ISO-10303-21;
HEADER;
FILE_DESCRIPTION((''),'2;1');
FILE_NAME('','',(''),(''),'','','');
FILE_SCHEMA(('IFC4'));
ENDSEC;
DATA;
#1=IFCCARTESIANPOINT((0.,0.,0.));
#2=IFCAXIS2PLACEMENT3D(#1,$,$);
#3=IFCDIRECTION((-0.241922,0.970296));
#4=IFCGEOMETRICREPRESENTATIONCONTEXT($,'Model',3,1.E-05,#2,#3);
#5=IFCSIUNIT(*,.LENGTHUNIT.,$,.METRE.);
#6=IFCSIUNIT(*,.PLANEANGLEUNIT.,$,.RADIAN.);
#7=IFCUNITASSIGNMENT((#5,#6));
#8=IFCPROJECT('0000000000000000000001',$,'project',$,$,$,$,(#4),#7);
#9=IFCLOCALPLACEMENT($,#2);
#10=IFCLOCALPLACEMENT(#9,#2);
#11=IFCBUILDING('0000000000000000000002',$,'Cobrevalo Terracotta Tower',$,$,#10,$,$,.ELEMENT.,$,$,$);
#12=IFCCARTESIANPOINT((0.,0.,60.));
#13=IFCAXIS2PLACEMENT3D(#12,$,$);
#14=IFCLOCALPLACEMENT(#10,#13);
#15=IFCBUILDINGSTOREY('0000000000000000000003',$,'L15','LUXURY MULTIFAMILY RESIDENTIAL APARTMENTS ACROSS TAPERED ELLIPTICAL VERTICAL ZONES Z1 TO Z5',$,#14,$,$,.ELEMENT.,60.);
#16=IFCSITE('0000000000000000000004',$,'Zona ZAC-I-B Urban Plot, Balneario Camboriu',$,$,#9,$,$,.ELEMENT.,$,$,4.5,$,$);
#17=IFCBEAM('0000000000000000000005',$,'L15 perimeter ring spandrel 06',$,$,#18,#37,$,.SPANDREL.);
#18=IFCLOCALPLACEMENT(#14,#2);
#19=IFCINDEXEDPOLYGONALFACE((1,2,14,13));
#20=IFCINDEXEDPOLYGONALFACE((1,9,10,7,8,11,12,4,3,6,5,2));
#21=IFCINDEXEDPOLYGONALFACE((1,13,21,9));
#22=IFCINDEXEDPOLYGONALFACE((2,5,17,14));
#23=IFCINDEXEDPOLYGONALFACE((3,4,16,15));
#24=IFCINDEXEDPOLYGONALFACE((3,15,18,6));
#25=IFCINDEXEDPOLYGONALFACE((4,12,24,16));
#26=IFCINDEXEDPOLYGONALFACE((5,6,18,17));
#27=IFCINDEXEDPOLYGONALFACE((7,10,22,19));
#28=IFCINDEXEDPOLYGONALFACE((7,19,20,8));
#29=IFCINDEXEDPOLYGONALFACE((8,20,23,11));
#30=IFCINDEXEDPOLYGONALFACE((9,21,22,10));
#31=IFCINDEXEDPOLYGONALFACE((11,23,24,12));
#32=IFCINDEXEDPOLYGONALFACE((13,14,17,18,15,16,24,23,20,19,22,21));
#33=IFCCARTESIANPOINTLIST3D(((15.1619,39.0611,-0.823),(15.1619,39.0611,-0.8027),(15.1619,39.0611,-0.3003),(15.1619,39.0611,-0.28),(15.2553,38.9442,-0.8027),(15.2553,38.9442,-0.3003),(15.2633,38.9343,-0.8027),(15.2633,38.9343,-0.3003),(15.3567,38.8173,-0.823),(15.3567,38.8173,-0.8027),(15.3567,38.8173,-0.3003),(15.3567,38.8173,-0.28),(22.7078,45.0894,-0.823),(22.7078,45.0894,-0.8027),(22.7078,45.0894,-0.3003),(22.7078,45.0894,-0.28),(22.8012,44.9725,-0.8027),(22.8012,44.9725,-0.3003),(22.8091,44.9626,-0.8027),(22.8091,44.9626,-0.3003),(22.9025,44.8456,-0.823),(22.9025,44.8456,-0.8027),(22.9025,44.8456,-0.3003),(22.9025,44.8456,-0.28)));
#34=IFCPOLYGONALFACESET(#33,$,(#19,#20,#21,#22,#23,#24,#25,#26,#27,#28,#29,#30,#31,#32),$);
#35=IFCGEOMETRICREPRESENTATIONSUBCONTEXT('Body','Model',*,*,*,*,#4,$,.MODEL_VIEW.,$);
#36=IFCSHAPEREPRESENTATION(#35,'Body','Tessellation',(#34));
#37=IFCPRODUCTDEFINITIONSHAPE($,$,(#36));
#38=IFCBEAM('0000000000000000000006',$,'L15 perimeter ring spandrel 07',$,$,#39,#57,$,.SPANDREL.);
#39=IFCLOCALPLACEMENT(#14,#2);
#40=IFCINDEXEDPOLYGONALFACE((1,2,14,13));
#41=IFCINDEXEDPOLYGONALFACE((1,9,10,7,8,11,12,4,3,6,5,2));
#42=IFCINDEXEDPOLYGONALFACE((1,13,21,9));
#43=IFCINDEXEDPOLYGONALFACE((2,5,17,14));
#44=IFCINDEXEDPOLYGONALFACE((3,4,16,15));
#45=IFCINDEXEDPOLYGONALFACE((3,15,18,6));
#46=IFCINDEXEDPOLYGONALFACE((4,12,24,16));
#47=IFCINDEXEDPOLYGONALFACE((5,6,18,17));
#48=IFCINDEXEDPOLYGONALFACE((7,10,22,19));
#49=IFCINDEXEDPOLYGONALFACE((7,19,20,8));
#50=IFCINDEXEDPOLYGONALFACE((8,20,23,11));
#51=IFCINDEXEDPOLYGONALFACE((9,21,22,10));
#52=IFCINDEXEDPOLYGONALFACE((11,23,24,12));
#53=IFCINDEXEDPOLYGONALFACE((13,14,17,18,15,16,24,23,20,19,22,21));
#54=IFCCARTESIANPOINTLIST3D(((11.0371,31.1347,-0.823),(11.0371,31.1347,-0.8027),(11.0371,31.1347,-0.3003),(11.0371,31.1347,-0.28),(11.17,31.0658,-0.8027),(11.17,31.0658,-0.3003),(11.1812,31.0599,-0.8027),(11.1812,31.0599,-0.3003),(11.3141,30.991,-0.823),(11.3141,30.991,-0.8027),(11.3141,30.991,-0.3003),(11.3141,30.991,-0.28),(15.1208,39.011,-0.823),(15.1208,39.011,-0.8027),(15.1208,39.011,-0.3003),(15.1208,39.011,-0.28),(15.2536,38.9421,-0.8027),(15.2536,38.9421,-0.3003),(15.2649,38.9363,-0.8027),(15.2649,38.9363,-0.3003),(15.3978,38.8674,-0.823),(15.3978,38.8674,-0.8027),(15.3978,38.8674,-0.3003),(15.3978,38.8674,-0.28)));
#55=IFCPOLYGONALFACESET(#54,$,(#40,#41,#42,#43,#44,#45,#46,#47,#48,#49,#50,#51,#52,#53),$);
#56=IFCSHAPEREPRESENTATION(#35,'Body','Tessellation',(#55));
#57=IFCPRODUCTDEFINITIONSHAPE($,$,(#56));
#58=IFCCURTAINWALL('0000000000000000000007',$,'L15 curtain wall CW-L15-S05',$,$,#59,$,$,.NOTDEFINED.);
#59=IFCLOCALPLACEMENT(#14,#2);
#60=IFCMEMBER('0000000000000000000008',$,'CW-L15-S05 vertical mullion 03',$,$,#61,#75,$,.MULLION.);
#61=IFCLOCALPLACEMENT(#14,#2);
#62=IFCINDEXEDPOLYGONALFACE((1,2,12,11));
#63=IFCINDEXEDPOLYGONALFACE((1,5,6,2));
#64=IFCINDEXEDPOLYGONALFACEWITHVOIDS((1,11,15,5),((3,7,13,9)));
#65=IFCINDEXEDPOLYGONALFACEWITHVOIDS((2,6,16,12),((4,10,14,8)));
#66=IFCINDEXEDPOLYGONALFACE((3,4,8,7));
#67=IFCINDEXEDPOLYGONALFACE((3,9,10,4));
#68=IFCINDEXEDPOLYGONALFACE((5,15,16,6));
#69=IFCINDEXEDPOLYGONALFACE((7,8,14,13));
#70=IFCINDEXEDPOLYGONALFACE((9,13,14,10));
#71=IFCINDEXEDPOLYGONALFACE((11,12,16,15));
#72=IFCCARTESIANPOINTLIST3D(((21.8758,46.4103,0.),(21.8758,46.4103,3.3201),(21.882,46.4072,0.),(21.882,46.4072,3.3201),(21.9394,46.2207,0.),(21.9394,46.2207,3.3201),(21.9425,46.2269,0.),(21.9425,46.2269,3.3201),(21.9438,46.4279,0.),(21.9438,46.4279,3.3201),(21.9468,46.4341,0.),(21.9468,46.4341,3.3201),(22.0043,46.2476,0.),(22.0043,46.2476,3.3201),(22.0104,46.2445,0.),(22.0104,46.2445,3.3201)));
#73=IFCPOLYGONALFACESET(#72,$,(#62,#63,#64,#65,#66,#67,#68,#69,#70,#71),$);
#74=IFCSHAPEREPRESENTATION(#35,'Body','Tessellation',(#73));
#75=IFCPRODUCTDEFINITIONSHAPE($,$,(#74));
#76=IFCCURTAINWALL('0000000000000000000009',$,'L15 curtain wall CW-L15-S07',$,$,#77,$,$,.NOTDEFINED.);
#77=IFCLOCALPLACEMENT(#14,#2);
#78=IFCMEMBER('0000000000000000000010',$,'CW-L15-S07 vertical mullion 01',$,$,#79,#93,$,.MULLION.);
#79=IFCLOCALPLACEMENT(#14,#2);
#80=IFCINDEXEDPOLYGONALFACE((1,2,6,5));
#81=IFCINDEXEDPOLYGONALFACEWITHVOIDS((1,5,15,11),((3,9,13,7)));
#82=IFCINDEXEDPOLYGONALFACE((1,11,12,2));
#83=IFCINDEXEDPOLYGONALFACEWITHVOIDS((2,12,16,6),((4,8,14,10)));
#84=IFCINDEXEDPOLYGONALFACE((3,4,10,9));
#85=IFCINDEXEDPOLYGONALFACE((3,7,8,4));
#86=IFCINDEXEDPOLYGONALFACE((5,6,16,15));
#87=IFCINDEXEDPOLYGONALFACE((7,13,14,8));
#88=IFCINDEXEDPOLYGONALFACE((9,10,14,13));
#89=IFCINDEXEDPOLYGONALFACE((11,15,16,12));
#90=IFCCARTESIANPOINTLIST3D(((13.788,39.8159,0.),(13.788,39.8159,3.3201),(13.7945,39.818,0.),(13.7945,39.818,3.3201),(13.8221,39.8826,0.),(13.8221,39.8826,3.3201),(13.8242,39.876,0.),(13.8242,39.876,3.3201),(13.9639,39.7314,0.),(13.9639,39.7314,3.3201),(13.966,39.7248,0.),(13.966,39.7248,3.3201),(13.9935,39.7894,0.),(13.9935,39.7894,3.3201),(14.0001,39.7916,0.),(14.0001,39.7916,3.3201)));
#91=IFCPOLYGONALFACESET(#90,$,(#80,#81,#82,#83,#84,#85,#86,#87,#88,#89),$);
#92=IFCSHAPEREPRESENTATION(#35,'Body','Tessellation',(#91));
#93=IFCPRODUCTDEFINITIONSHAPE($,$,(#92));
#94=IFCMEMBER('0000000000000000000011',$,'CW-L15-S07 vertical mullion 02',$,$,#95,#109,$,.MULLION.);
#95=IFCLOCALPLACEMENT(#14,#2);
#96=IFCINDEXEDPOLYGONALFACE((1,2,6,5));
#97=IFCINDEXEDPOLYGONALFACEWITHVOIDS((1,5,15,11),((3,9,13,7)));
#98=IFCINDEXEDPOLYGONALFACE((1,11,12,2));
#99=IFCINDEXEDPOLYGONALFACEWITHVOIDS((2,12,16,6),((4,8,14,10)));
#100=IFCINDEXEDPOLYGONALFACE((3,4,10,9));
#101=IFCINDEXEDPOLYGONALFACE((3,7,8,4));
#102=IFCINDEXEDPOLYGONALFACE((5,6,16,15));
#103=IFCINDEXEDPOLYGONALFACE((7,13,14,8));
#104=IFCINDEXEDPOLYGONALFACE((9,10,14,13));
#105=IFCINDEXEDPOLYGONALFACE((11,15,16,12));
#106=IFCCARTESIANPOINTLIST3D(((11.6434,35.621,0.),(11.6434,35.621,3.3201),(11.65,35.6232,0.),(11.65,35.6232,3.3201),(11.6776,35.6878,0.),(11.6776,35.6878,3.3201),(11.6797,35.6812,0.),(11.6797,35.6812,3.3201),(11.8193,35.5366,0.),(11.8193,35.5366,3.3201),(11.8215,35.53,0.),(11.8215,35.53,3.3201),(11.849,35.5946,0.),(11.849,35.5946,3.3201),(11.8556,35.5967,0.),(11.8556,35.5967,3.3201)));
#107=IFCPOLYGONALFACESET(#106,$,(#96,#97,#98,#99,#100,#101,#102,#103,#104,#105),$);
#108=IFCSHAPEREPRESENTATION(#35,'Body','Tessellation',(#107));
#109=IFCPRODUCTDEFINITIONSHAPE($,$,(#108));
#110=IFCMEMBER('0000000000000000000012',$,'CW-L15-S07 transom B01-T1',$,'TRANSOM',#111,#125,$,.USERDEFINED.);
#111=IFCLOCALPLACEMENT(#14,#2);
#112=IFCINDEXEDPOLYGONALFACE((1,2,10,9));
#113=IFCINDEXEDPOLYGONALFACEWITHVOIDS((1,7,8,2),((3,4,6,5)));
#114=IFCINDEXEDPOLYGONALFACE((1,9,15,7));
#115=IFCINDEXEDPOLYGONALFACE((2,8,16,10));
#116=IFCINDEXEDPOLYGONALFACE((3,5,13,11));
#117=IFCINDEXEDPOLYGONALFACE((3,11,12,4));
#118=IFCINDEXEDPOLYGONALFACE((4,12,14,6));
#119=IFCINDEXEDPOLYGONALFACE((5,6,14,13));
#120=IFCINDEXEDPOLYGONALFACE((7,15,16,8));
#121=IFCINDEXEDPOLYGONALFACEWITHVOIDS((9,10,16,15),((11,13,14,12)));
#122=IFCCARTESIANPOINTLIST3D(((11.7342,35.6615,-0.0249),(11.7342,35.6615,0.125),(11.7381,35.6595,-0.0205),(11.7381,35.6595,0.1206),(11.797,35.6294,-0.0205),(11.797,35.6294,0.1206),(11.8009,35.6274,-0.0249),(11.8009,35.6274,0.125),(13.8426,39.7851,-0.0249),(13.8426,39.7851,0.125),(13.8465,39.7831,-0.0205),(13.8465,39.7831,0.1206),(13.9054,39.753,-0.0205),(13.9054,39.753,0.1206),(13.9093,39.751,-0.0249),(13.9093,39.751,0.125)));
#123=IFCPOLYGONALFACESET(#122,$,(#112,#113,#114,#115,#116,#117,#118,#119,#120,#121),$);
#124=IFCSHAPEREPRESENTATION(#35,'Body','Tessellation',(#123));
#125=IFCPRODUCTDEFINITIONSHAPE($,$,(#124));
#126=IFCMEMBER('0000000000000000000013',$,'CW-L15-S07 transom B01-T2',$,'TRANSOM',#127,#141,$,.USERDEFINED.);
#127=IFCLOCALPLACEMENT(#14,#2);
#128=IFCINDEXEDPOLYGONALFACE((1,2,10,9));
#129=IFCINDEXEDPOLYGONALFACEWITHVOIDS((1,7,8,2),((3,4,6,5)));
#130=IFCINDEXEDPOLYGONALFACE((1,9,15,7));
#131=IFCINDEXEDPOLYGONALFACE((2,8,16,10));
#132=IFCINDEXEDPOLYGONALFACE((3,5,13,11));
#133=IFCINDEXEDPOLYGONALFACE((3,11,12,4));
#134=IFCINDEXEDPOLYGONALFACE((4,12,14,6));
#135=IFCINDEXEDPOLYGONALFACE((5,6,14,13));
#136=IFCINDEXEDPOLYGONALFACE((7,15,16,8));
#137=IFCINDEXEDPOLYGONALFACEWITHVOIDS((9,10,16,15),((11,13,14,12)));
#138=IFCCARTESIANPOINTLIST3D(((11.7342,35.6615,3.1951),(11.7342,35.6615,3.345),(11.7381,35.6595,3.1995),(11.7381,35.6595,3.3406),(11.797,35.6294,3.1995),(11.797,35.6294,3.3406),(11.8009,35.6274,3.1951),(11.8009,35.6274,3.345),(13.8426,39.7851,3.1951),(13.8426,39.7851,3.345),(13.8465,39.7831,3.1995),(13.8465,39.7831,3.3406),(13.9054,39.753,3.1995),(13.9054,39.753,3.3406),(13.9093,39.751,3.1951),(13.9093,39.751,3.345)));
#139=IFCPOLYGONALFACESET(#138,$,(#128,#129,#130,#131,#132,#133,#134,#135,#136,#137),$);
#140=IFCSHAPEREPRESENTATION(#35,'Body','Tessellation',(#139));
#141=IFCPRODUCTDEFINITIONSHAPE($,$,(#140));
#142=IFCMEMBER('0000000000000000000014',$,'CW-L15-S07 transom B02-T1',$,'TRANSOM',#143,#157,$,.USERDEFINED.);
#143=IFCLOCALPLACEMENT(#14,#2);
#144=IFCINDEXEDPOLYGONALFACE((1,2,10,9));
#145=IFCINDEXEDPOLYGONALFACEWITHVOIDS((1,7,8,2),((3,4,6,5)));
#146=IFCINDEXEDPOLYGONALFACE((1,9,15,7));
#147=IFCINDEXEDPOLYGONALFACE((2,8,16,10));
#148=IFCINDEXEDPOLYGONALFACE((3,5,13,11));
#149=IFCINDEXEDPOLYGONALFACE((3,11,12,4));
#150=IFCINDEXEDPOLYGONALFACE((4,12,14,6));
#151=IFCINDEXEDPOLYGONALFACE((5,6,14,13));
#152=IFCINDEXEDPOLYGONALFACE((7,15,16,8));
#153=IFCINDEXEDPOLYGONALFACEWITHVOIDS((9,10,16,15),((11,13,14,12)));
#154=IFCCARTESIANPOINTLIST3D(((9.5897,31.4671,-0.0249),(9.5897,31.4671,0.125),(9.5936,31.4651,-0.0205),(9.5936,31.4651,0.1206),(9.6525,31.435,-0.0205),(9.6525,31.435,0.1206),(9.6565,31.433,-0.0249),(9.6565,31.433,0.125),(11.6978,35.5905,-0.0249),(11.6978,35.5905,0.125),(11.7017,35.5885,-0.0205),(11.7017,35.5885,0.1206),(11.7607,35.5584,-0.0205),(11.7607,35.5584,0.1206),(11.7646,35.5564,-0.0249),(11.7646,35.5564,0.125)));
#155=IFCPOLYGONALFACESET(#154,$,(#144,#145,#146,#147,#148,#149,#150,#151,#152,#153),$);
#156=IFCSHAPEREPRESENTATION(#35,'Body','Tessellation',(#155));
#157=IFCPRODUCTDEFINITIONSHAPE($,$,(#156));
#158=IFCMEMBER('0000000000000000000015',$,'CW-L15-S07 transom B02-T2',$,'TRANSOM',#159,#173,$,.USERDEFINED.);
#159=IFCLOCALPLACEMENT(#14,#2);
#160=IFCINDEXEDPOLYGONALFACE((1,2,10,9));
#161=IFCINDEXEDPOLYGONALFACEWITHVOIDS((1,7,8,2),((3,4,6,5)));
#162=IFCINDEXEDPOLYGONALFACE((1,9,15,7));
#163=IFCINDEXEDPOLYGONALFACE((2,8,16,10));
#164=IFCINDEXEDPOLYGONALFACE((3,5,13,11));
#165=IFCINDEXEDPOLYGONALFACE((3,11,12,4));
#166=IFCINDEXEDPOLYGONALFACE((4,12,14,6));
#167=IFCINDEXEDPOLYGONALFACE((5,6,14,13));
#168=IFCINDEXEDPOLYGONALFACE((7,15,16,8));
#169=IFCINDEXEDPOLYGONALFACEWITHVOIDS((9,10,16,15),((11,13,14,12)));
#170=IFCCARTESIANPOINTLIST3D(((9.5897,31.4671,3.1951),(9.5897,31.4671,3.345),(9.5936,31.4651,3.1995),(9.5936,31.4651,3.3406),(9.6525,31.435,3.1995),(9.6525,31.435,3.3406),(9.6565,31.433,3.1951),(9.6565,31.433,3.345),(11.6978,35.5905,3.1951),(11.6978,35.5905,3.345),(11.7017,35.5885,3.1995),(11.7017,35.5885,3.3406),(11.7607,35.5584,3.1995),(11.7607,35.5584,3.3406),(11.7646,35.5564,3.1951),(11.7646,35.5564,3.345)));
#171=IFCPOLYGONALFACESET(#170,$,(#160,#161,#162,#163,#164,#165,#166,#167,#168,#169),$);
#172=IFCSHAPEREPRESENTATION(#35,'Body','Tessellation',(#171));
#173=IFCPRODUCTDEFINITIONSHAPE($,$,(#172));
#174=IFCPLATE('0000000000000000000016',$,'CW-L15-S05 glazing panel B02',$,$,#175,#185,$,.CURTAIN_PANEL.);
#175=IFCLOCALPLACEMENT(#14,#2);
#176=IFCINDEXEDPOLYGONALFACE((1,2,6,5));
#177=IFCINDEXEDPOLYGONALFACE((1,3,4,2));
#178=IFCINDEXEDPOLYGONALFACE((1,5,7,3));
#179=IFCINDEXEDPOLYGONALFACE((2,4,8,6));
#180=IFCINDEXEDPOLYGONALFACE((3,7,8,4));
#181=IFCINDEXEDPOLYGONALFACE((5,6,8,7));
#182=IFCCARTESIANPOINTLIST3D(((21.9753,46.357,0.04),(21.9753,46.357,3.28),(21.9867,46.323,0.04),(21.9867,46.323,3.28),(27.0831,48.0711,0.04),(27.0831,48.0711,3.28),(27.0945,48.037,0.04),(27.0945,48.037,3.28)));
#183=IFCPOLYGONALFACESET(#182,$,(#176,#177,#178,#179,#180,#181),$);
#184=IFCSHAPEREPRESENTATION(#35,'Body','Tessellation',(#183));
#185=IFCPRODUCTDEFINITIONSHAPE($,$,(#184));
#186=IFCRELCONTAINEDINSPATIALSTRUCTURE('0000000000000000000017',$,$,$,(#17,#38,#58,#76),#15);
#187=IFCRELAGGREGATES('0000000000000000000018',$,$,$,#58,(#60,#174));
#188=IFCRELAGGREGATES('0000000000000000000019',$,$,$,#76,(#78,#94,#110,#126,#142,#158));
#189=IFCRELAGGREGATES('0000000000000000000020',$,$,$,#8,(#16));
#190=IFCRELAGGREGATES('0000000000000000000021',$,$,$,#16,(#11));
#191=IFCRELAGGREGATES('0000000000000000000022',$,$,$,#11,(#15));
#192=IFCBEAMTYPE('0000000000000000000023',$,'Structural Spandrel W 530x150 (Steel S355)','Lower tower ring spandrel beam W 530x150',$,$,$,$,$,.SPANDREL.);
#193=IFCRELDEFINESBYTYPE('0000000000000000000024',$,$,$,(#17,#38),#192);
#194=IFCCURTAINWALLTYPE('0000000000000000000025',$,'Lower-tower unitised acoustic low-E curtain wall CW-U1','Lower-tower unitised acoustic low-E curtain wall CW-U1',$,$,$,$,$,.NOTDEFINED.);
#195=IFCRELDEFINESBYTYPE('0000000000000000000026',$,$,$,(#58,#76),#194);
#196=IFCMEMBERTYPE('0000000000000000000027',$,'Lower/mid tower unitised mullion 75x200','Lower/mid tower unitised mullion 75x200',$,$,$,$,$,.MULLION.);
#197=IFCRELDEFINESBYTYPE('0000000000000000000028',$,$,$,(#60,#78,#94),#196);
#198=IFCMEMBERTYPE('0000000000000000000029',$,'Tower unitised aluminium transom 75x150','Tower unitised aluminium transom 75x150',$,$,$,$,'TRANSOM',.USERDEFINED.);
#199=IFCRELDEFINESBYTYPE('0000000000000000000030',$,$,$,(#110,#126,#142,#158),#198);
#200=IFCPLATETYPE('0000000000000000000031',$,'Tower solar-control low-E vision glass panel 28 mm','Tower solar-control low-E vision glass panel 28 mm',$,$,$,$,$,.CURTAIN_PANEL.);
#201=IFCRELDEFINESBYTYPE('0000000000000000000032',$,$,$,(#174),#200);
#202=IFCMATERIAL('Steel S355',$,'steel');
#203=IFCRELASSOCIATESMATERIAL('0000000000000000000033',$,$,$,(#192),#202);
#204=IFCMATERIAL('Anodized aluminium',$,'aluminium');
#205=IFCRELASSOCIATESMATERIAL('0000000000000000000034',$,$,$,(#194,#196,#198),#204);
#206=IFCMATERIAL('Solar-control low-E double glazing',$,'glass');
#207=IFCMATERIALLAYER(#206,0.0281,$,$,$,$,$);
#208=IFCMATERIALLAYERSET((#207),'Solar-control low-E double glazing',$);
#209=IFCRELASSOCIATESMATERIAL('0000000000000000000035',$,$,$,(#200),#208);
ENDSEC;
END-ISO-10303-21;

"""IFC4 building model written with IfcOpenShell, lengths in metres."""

from ifc_helpers import new_model, si_unit, direction, frame, origin, origin_2d, place, context, subcontext, project, spatial, rectangle, hollow_rectangle, i_section, extrude, source, transform, mapped, material, layer, layer_set, material_profile, profile_set, type_object, element, aggregate, save


model = new_model("IFC4")

# Units and contexts
model_context = context("Model", 3, precision=1e-05, world=origin(), true_north=direction((-0.241922, 0.970296)))
body_context = subcontext(model_context, "Body", "Model", "MODEL_VIEW")
ifc_project = project(units=[si_unit("LENGTHUNIT", "METRE"), si_unit("PLANEANGLEUNIT", "RADIAN")], contexts=[model_context])

# Site, building, storey
site_placement = place(None, origin())
site = spatial("IfcSite", under=ifc_project, at=site_placement, Name="Zona ZAC-I-B Urban Plot, Balneario Camboriu", CompositionType="ELEMENT", RefElevation=4.5)
building_placement = place(site_placement, origin())
building = spatial("IfcBuilding", under=site, at=building_placement, Name="Cobrevalo Terracotta Tower", CompositionType="ELEMENT")
storey_placement = place(building_placement, frame((0.0, 0.0, 60.0)))
storey = spatial("IfcBuildingStorey", under=building, at=storey_placement, Name="L15", Description="LUXURY MULTIFAMILY RESIDENTIAL APARTMENTS ACROSS TAPERED ELLIPTICAL VERTICAL ZONES Z1 TO Z5", CompositionType="ELEMENT", Elevation=60.0)

# Shared definitions
ifc_material_1 = material(Name="Steel S355", Category="steel")

# Beams
ifc_material_profile_1 = material_profile(ifc_material_1, i_section(OverallWidth=0.312, OverallDepth=0.543, WebThickness=0.0127, FlangeThickness=0.0203, at=origin_2d()), Name="W 530x150")
ifc_profile_set_1 = profile_set([ifc_material_profile_1], Name="Steel S355")
beam_type_1 = type_object("IfcBeamType", Name="Structural Spandrel W 530x150 (Steel S355)", Description="Lower tower ring spandrel beam W 530x150", PredefinedType="SPANDREL", material=ifc_profile_set_1)
beam_1_placement = place(storey_placement, frame((22.8052, 44.9675, -0.5515), z_axis=(-0.781293, -0.624165, 0.0), x_axis=(0.624165, -0.781293, 0.0)))
element("IfcBeam", 1, at=beam_1_placement, inside=storey, type_object=beam_type_1, Name="L15 perimeter ring spandrel 06", PredefinedType="SPANDREL", context=body_context, shape_type="SweptSolid", body=[
    extrude(i_section(OverallWidth=0.312, OverallDepth=0.543, WebThickness=0.0127, FlangeThickness=0.0203, at=origin_2d()), origin(), (0.0, 0.0, 1.0), 9.6582),
])
beam_2_placement = place(storey_placement, frame((15.2593, 38.9392, -0.5515), z_axis=(-0.460286, -0.887771, 0.0), x_axis=(0.887771, -0.460286, 0.0)))
element("IfcBeam", 2, at=beam_2_placement, inside=storey, type_object=beam_type_1, Name="L15 perimeter ring spandrel 07", PredefinedType="SPANDREL", context=body_context, shape_type="SweptSolid", body=[
    extrude(i_section(OverallWidth=0.312, OverallDepth=0.543, WebThickness=0.0127, FlangeThickness=0.0203, at=origin_2d()), origin(), (0.0, 0.0, 1.0), 8.8721),
])

# Curtain wall, member
ifc_material_2 = material(Name="Anodized aluminium", Category="aluminium")
curtain_wall_type = type_object("IfcCurtainWallType", Name="Lower-tower unitised acoustic low-E curtain wall CW-U1", Description="Lower-tower unitised acoustic low-E curtain wall CW-U1", PredefinedType="NOTDEFINED", material=ifc_material_2)
curtain_wall_1_placement = place(storey_placement, origin())
curtain_wall_1 = element("IfcCurtainWall", 3, at=curtain_wall_1_placement, inside=storey, type_object=curtain_wall_type, Name="L15 curtain wall CW-L15-S05", PredefinedType="NOTDEFINED")
ifc_material_profile_2 = material_profile(ifc_material_2, hollow_rectangle(XDim=0.075, YDim=0.2, WallThickness=0.0049, at=origin_2d()), Name="CWM 75x200")
ifc_profile_set_2 = profile_set([ifc_material_profile_2], Name="Anodized aluminium")
member_type_1 = type_object("IfcMemberType", Name="Lower/mid tower unitised mullion 75x200", Description="Lower/mid tower unitised mullion 75x200", PredefinedType="MULLION", material=ifc_profile_set_2)
shared_shape_1 = source(origin(), body_context, "Body", "SweptSolid", [
    extrude(hollow_rectangle(XDim=0.075, YDim=0.2, WallThickness=0.0049, at=origin_2d()), origin(), (0.0, 0.0, 1.0), 3.3201),
])
member_1_placement = place(storey_placement, frame((21.9431, 46.3274, 0.0), z_axis=(0.0, 0.0, 1.0), x_axis=(-0.948046, -0.318132, 0.0)))
member_1 = element("IfcMember", 4, at=member_1_placement, type_object=member_type_1, Name="CW-L15-S05 vertical mullion 03", PredefinedType="MULLION", context=body_context, shape_type="MappedRepresentation", body=[
    mapped(shared_shape_1, transform((0.0, 0.0, 0.0), scale=1.0)),
])

# Curtain wall, members
curtain_wall_2_placement = place(storey_placement, origin())
curtain_wall_2 = element("IfcCurtainWall", 5, at=curtain_wall_2_placement, inside=storey, type_object=curtain_wall_type, Name="L15 curtain wall CW-L15-S07", PredefinedType="NOTDEFINED")
member_2_placement = place(storey_placement, frame((13.894, 39.8037, 0.0), z_axis=(0.0, 0.0, 1.0), x_axis=(-0.455234, -0.890372, 0.0)))
member_2 = element("IfcMember", 6, at=member_2_placement, type_object=member_type_1, Name="CW-L15-S07 vertical mullion 01", PredefinedType="MULLION", context=body_context, shape_type="MappedRepresentation", body=[
    mapped(shared_shape_1, transform((0.0, 0.0, 0.0), scale=1.0)),
])
member_3_placement = place(storey_placement, frame((11.7495, 35.6089, 0.0), z_axis=(0.0, 0.0, 1.0), x_axis=(-0.455234, -0.890372, 0.0)))
member_3 = element("IfcMember", 7, at=member_3_placement, type_object=member_type_1, Name="CW-L15-S07 vertical mullion 02", PredefinedType="MULLION", context=body_context, shape_type="MappedRepresentation", body=[
    mapped(shared_shape_1, transform((0.0, 0.0, 0.0), scale=1.0)),
])
ifc_material_profile_3 = material_profile(ifc_material_2, hollow_rectangle(XDim=0.075, YDim=0.1499, WallThickness=0.0044, at=origin_2d()), Name="CWT 75x150")
ifc_profile_set_3 = profile_set([ifc_material_profile_3], Name="Anodized aluminium")
member_type_2 = type_object("IfcMemberType", Name="Tower unitised aluminium transom 75x150", Description="Tower unitised aluminium transom 75x150", ElementType="TRANSOM", PredefinedType="USERDEFINED", material=ifc_profile_set_3)
shared_shape_2 = source(origin(), body_context, "Body", "SweptSolid", [
    extrude(hollow_rectangle(XDim=0.075, YDim=0.1499, WallThickness=0.0044, at=origin_2d()), origin(), (0.0, 0.0, 1.0), 4.6313),
])
member_4_placement = place(storey_placement, frame((13.876, 39.7681, 0.05), z_axis=(-0.45525, -0.890363, 0.0), x_axis=(0.890363, -0.45525, 0.0)))
member_4 = element("IfcMember", 8, at=member_4_placement, type_object=member_type_2, Name="CW-L15-S07 transom B01-T1", ObjectType="TRANSOM", PredefinedType="USERDEFINED", context=body_context, shape_type="MappedRepresentation", body=[
    mapped(shared_shape_2, transform((0.0, 0.0, 0.0), scale=1.0)),
])
member_5_placement = place(storey_placement, frame((13.876, 39.7681, 3.27), z_axis=(-0.45525, -0.890363, 0.0), x_axis=(0.890363, -0.45525, 0.0)))
member_5 = element("IfcMember", 9, at=member_5_placement, type_object=member_type_2, Name="CW-L15-S07 transom B01-T2", ObjectType="TRANSOM", PredefinedType="USERDEFINED", context=body_context, shape_type="MappedRepresentation", body=[
    mapped(shared_shape_2, transform((0.0, 0.0, 0.0), scale=1.0)),
])
shared_shape_3 = source(origin(), body_context, "Body", "SweptSolid", [
    extrude(hollow_rectangle(XDim=0.075, YDim=0.1499, WallThickness=0.0044, at=origin_2d()), origin(), (0.0, 0.0, 1.0), 4.6311),
])
member_6_placement = place(storey_placement, frame((11.7312, 35.5735, 0.05), z_axis=(-0.455209, -0.890385, 0.0), x_axis=(0.890385, -0.455209, 0.0)))
member_6 = element("IfcMember", 10, at=member_6_placement, type_object=member_type_2, Name="CW-L15-S07 transom B02-T1", ObjectType="TRANSOM", PredefinedType="USERDEFINED", context=body_context, shape_type="MappedRepresentation", body=[
    mapped(shared_shape_3, transform((0.0, 0.0, 0.0), scale=1.0)),
])
member_7_placement = place(storey_placement, frame((11.7312, 35.5735, 3.27), z_axis=(-0.455209, -0.890385, 0.0), x_axis=(0.890385, -0.455209, 0.0)))
member_7 = element("IfcMember", 11, at=member_7_placement, type_object=member_type_2, Name="CW-L15-S07 transom B02-T2", ObjectType="TRANSOM", PredefinedType="USERDEFINED", context=body_context, shape_type="MappedRepresentation", body=[
    mapped(shared_shape_3, transform((0.0, 0.0, 0.0), scale=1.0)),
])

# Plate
ifc_material_3 = material(Name="Solar-control low-E double glazing", Category="glass")
ifc_layer_1 = layer(ifc_material_3, 0.0281)
ifc_layer_set_1 = layer_set([ifc_layer_1], Name="Solar-control low-E double glazing")
plate_type = type_object("IfcPlateType", Name="Tower solar-control low-E vision glass panel 28 mm", Description="Tower solar-control low-E vision glass panel 28 mm", PredefinedType="CURTAIN_PANEL", material=ifc_layer_set_1)
shared_shape_4 = source(origin(), body_context, "Body", "SweptSolid", [
    extrude(rectangle(XDim=5.3877, YDim=0.0359, at=origin_2d()), origin(), (0.0, 0.0, 1.0), 3.24),
])
plate_1_placement = place(storey_placement, frame((24.5349, 47.197, 0.04), z_axis=(0.0, 0.0, 1.0), x_axis=(-0.948044, -0.318139, 0.0)))
plate_1 = element("IfcPlate", 12, at=plate_1_placement, type_object=plate_type, Name="CW-L15-S05 glazing panel B02", PredefinedType="CURTAIN_PANEL", context=body_context, shape_type="MappedRepresentation", body=[
    mapped(shared_shape_4, transform((0.0, 0.0, 0.0), scale=1.0)),
])
aggregate(curtain_wall_1, [member_1, plate_1])
aggregate(curtain_wall_2, [member_2, member_3, member_4, member_5, member_6, member_7])

save(model, "model.ifc")
